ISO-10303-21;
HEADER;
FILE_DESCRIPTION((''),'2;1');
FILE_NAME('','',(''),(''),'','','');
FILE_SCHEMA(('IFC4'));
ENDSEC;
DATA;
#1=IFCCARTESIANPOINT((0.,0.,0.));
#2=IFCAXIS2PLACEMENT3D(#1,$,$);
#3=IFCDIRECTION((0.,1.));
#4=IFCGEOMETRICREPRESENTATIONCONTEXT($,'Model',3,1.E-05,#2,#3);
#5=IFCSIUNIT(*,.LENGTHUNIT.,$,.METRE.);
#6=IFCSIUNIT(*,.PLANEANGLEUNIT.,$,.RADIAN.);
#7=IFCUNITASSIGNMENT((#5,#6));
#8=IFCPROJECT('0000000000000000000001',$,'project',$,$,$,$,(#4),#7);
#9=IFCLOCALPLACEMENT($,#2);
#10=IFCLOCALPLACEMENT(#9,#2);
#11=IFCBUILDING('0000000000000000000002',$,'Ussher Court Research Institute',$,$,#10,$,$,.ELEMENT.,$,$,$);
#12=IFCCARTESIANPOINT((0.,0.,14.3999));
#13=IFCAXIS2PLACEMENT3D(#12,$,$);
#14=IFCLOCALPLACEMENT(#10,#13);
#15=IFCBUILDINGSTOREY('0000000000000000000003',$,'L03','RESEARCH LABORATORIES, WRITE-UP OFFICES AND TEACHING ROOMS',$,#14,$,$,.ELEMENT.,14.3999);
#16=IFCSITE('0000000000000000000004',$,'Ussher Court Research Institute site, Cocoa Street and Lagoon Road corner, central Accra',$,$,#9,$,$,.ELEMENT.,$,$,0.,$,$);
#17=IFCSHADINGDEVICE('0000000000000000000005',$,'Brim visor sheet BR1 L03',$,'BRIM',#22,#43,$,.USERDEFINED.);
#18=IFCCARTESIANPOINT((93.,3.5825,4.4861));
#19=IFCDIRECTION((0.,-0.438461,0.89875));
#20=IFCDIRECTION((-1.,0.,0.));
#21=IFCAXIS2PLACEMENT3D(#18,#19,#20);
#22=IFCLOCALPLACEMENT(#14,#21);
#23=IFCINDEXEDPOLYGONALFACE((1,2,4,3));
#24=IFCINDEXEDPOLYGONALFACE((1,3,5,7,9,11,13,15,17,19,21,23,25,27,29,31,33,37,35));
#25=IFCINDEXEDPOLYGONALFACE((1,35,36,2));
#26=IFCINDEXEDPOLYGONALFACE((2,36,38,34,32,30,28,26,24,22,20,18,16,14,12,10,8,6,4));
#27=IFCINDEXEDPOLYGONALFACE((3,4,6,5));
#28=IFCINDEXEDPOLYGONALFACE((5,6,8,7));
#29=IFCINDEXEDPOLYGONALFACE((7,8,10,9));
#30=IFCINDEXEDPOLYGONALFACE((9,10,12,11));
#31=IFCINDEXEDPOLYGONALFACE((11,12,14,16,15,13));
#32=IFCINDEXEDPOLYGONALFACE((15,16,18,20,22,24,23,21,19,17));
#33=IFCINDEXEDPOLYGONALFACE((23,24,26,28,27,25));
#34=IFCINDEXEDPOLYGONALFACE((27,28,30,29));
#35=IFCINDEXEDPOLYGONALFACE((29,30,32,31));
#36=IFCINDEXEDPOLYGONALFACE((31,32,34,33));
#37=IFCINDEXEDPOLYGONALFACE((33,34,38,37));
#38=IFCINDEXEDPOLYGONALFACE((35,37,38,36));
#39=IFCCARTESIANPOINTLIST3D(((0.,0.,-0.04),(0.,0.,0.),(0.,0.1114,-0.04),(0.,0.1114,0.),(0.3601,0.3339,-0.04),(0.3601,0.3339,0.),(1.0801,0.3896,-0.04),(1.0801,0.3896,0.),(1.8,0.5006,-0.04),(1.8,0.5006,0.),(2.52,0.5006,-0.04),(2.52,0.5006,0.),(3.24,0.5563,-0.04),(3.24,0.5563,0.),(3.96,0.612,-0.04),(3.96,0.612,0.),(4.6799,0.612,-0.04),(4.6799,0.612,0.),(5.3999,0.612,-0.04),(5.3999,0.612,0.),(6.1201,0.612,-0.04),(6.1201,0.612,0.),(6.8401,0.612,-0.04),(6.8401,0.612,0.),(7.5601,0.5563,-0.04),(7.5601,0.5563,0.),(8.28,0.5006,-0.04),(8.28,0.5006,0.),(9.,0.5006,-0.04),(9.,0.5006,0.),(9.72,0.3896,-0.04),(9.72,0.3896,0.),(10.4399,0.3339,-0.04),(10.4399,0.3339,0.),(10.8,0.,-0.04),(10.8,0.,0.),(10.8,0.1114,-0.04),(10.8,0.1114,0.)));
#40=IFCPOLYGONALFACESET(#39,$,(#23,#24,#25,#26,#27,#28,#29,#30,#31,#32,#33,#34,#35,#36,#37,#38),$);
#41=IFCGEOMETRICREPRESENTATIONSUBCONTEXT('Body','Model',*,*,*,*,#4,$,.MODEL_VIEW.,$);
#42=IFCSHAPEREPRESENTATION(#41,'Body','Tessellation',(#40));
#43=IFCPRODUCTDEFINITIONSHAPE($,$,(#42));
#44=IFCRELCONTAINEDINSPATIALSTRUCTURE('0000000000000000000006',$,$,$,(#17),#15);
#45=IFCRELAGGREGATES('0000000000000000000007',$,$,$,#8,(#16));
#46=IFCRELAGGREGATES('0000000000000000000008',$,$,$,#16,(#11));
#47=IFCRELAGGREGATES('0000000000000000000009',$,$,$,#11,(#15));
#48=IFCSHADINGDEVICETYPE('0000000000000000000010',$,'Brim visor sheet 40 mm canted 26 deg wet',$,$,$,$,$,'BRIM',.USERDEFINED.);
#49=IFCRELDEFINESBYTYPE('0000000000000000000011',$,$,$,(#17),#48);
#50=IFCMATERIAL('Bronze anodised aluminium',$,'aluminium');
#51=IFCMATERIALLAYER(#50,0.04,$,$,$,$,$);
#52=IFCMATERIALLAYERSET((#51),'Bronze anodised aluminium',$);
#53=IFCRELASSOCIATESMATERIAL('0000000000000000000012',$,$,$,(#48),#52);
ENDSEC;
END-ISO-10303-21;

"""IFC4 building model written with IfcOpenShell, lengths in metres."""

from ifc_helpers import new_model, si_unit, direction, frame, origin, place, context, subcontext, project, spatial, polyline, outline, extrude, material, layer, layer_set, type_object, element, save


model = new_model("IFC4")

# Units and contexts
model_context = context("Model", 3, precision=1e-05, world=origin(), true_north=direction((0.0, 1.0)))
body_context = subcontext(model_context, "Body", "Model", "MODEL_VIEW")
ifc_project = project(units=[si_unit("LENGTHUNIT", "METRE"), si_unit("PLANEANGLEUNIT", "RADIAN")], contexts=[model_context])

# Site, building, storey
site_placement = place(None, origin())
site = spatial("IfcSite", under=ifc_project, at=site_placement, Name="Ussher Court Research Institute site, Cocoa Street and Lagoon Road corner, central Accra", CompositionType="ELEMENT", RefElevation=0.0)
building_placement = place(site_placement, origin())
building = spatial("IfcBuilding", under=site, at=building_placement, Name="Ussher Court Research Institute", CompositionType="ELEMENT")
storey_placement = place(building_placement, frame((0.0, 0.0, 14.3999)))
storey = spatial("IfcBuildingStorey", under=building, at=storey_placement, Name="L03", Description="RESEARCH LABORATORIES, WRITE-UP OFFICES AND TEACHING ROOMS", CompositionType="ELEMENT", Elevation=14.3999)

# Shading device
ifc_material_1 = material(Name="Bronze anodised aluminium", Category="aluminium")
ifc_layer_1 = layer(ifc_material_1, 0.04)
ifc_layer_set_1 = layer_set([ifc_layer_1], Name="Bronze anodised aluminium")
shading_device_type_1 = type_object("IfcShadingDeviceType", Name="Brim visor sheet 40 mm canted 26 deg wet", ElementType="BRIM", PredefinedType="USERDEFINED", material=ifc_layer_set_1)
shading_device_placement = place(storey_placement, frame((93.0, 3.5825, 4.4861), z_axis=(0.0, -0.438461, 0.89875), x_axis=(-1.0, 0.0, 0.0)))
element("IfcShadingDevice", 1, at=shading_device_placement, inside=storey, type_object=shading_device_type_1, Name="Brim visor sheet BR1 L03", ObjectType="BRIM", PredefinedType="USERDEFINED", context=body_context, shape_type="SweptSolid", body=[
    extrude(outline(polyline([(0.0, 0.0), (10.8, 0.0), (10.8, 0.1114), (10.4399, 0.3339), (9.72, 0.3896), (9.0, 0.5006), (8.28, 0.5006), (7.5601, 0.5563), (6.8401, 0.612), (6.1201, 0.612), (5.3999, 0.612), (4.6799, 0.612), (3.96, 0.612), (3.24, 0.5563), (2.52, 0.5006), (1.8, 0.5006), (1.0801, 0.3896), (0.3601, 0.3339), (0.0, 0.1114), (0.0, 0.0)])), origin(), (0.0, 0.0, -1.0), 0.04),
])

save(model, "model.ifc")
